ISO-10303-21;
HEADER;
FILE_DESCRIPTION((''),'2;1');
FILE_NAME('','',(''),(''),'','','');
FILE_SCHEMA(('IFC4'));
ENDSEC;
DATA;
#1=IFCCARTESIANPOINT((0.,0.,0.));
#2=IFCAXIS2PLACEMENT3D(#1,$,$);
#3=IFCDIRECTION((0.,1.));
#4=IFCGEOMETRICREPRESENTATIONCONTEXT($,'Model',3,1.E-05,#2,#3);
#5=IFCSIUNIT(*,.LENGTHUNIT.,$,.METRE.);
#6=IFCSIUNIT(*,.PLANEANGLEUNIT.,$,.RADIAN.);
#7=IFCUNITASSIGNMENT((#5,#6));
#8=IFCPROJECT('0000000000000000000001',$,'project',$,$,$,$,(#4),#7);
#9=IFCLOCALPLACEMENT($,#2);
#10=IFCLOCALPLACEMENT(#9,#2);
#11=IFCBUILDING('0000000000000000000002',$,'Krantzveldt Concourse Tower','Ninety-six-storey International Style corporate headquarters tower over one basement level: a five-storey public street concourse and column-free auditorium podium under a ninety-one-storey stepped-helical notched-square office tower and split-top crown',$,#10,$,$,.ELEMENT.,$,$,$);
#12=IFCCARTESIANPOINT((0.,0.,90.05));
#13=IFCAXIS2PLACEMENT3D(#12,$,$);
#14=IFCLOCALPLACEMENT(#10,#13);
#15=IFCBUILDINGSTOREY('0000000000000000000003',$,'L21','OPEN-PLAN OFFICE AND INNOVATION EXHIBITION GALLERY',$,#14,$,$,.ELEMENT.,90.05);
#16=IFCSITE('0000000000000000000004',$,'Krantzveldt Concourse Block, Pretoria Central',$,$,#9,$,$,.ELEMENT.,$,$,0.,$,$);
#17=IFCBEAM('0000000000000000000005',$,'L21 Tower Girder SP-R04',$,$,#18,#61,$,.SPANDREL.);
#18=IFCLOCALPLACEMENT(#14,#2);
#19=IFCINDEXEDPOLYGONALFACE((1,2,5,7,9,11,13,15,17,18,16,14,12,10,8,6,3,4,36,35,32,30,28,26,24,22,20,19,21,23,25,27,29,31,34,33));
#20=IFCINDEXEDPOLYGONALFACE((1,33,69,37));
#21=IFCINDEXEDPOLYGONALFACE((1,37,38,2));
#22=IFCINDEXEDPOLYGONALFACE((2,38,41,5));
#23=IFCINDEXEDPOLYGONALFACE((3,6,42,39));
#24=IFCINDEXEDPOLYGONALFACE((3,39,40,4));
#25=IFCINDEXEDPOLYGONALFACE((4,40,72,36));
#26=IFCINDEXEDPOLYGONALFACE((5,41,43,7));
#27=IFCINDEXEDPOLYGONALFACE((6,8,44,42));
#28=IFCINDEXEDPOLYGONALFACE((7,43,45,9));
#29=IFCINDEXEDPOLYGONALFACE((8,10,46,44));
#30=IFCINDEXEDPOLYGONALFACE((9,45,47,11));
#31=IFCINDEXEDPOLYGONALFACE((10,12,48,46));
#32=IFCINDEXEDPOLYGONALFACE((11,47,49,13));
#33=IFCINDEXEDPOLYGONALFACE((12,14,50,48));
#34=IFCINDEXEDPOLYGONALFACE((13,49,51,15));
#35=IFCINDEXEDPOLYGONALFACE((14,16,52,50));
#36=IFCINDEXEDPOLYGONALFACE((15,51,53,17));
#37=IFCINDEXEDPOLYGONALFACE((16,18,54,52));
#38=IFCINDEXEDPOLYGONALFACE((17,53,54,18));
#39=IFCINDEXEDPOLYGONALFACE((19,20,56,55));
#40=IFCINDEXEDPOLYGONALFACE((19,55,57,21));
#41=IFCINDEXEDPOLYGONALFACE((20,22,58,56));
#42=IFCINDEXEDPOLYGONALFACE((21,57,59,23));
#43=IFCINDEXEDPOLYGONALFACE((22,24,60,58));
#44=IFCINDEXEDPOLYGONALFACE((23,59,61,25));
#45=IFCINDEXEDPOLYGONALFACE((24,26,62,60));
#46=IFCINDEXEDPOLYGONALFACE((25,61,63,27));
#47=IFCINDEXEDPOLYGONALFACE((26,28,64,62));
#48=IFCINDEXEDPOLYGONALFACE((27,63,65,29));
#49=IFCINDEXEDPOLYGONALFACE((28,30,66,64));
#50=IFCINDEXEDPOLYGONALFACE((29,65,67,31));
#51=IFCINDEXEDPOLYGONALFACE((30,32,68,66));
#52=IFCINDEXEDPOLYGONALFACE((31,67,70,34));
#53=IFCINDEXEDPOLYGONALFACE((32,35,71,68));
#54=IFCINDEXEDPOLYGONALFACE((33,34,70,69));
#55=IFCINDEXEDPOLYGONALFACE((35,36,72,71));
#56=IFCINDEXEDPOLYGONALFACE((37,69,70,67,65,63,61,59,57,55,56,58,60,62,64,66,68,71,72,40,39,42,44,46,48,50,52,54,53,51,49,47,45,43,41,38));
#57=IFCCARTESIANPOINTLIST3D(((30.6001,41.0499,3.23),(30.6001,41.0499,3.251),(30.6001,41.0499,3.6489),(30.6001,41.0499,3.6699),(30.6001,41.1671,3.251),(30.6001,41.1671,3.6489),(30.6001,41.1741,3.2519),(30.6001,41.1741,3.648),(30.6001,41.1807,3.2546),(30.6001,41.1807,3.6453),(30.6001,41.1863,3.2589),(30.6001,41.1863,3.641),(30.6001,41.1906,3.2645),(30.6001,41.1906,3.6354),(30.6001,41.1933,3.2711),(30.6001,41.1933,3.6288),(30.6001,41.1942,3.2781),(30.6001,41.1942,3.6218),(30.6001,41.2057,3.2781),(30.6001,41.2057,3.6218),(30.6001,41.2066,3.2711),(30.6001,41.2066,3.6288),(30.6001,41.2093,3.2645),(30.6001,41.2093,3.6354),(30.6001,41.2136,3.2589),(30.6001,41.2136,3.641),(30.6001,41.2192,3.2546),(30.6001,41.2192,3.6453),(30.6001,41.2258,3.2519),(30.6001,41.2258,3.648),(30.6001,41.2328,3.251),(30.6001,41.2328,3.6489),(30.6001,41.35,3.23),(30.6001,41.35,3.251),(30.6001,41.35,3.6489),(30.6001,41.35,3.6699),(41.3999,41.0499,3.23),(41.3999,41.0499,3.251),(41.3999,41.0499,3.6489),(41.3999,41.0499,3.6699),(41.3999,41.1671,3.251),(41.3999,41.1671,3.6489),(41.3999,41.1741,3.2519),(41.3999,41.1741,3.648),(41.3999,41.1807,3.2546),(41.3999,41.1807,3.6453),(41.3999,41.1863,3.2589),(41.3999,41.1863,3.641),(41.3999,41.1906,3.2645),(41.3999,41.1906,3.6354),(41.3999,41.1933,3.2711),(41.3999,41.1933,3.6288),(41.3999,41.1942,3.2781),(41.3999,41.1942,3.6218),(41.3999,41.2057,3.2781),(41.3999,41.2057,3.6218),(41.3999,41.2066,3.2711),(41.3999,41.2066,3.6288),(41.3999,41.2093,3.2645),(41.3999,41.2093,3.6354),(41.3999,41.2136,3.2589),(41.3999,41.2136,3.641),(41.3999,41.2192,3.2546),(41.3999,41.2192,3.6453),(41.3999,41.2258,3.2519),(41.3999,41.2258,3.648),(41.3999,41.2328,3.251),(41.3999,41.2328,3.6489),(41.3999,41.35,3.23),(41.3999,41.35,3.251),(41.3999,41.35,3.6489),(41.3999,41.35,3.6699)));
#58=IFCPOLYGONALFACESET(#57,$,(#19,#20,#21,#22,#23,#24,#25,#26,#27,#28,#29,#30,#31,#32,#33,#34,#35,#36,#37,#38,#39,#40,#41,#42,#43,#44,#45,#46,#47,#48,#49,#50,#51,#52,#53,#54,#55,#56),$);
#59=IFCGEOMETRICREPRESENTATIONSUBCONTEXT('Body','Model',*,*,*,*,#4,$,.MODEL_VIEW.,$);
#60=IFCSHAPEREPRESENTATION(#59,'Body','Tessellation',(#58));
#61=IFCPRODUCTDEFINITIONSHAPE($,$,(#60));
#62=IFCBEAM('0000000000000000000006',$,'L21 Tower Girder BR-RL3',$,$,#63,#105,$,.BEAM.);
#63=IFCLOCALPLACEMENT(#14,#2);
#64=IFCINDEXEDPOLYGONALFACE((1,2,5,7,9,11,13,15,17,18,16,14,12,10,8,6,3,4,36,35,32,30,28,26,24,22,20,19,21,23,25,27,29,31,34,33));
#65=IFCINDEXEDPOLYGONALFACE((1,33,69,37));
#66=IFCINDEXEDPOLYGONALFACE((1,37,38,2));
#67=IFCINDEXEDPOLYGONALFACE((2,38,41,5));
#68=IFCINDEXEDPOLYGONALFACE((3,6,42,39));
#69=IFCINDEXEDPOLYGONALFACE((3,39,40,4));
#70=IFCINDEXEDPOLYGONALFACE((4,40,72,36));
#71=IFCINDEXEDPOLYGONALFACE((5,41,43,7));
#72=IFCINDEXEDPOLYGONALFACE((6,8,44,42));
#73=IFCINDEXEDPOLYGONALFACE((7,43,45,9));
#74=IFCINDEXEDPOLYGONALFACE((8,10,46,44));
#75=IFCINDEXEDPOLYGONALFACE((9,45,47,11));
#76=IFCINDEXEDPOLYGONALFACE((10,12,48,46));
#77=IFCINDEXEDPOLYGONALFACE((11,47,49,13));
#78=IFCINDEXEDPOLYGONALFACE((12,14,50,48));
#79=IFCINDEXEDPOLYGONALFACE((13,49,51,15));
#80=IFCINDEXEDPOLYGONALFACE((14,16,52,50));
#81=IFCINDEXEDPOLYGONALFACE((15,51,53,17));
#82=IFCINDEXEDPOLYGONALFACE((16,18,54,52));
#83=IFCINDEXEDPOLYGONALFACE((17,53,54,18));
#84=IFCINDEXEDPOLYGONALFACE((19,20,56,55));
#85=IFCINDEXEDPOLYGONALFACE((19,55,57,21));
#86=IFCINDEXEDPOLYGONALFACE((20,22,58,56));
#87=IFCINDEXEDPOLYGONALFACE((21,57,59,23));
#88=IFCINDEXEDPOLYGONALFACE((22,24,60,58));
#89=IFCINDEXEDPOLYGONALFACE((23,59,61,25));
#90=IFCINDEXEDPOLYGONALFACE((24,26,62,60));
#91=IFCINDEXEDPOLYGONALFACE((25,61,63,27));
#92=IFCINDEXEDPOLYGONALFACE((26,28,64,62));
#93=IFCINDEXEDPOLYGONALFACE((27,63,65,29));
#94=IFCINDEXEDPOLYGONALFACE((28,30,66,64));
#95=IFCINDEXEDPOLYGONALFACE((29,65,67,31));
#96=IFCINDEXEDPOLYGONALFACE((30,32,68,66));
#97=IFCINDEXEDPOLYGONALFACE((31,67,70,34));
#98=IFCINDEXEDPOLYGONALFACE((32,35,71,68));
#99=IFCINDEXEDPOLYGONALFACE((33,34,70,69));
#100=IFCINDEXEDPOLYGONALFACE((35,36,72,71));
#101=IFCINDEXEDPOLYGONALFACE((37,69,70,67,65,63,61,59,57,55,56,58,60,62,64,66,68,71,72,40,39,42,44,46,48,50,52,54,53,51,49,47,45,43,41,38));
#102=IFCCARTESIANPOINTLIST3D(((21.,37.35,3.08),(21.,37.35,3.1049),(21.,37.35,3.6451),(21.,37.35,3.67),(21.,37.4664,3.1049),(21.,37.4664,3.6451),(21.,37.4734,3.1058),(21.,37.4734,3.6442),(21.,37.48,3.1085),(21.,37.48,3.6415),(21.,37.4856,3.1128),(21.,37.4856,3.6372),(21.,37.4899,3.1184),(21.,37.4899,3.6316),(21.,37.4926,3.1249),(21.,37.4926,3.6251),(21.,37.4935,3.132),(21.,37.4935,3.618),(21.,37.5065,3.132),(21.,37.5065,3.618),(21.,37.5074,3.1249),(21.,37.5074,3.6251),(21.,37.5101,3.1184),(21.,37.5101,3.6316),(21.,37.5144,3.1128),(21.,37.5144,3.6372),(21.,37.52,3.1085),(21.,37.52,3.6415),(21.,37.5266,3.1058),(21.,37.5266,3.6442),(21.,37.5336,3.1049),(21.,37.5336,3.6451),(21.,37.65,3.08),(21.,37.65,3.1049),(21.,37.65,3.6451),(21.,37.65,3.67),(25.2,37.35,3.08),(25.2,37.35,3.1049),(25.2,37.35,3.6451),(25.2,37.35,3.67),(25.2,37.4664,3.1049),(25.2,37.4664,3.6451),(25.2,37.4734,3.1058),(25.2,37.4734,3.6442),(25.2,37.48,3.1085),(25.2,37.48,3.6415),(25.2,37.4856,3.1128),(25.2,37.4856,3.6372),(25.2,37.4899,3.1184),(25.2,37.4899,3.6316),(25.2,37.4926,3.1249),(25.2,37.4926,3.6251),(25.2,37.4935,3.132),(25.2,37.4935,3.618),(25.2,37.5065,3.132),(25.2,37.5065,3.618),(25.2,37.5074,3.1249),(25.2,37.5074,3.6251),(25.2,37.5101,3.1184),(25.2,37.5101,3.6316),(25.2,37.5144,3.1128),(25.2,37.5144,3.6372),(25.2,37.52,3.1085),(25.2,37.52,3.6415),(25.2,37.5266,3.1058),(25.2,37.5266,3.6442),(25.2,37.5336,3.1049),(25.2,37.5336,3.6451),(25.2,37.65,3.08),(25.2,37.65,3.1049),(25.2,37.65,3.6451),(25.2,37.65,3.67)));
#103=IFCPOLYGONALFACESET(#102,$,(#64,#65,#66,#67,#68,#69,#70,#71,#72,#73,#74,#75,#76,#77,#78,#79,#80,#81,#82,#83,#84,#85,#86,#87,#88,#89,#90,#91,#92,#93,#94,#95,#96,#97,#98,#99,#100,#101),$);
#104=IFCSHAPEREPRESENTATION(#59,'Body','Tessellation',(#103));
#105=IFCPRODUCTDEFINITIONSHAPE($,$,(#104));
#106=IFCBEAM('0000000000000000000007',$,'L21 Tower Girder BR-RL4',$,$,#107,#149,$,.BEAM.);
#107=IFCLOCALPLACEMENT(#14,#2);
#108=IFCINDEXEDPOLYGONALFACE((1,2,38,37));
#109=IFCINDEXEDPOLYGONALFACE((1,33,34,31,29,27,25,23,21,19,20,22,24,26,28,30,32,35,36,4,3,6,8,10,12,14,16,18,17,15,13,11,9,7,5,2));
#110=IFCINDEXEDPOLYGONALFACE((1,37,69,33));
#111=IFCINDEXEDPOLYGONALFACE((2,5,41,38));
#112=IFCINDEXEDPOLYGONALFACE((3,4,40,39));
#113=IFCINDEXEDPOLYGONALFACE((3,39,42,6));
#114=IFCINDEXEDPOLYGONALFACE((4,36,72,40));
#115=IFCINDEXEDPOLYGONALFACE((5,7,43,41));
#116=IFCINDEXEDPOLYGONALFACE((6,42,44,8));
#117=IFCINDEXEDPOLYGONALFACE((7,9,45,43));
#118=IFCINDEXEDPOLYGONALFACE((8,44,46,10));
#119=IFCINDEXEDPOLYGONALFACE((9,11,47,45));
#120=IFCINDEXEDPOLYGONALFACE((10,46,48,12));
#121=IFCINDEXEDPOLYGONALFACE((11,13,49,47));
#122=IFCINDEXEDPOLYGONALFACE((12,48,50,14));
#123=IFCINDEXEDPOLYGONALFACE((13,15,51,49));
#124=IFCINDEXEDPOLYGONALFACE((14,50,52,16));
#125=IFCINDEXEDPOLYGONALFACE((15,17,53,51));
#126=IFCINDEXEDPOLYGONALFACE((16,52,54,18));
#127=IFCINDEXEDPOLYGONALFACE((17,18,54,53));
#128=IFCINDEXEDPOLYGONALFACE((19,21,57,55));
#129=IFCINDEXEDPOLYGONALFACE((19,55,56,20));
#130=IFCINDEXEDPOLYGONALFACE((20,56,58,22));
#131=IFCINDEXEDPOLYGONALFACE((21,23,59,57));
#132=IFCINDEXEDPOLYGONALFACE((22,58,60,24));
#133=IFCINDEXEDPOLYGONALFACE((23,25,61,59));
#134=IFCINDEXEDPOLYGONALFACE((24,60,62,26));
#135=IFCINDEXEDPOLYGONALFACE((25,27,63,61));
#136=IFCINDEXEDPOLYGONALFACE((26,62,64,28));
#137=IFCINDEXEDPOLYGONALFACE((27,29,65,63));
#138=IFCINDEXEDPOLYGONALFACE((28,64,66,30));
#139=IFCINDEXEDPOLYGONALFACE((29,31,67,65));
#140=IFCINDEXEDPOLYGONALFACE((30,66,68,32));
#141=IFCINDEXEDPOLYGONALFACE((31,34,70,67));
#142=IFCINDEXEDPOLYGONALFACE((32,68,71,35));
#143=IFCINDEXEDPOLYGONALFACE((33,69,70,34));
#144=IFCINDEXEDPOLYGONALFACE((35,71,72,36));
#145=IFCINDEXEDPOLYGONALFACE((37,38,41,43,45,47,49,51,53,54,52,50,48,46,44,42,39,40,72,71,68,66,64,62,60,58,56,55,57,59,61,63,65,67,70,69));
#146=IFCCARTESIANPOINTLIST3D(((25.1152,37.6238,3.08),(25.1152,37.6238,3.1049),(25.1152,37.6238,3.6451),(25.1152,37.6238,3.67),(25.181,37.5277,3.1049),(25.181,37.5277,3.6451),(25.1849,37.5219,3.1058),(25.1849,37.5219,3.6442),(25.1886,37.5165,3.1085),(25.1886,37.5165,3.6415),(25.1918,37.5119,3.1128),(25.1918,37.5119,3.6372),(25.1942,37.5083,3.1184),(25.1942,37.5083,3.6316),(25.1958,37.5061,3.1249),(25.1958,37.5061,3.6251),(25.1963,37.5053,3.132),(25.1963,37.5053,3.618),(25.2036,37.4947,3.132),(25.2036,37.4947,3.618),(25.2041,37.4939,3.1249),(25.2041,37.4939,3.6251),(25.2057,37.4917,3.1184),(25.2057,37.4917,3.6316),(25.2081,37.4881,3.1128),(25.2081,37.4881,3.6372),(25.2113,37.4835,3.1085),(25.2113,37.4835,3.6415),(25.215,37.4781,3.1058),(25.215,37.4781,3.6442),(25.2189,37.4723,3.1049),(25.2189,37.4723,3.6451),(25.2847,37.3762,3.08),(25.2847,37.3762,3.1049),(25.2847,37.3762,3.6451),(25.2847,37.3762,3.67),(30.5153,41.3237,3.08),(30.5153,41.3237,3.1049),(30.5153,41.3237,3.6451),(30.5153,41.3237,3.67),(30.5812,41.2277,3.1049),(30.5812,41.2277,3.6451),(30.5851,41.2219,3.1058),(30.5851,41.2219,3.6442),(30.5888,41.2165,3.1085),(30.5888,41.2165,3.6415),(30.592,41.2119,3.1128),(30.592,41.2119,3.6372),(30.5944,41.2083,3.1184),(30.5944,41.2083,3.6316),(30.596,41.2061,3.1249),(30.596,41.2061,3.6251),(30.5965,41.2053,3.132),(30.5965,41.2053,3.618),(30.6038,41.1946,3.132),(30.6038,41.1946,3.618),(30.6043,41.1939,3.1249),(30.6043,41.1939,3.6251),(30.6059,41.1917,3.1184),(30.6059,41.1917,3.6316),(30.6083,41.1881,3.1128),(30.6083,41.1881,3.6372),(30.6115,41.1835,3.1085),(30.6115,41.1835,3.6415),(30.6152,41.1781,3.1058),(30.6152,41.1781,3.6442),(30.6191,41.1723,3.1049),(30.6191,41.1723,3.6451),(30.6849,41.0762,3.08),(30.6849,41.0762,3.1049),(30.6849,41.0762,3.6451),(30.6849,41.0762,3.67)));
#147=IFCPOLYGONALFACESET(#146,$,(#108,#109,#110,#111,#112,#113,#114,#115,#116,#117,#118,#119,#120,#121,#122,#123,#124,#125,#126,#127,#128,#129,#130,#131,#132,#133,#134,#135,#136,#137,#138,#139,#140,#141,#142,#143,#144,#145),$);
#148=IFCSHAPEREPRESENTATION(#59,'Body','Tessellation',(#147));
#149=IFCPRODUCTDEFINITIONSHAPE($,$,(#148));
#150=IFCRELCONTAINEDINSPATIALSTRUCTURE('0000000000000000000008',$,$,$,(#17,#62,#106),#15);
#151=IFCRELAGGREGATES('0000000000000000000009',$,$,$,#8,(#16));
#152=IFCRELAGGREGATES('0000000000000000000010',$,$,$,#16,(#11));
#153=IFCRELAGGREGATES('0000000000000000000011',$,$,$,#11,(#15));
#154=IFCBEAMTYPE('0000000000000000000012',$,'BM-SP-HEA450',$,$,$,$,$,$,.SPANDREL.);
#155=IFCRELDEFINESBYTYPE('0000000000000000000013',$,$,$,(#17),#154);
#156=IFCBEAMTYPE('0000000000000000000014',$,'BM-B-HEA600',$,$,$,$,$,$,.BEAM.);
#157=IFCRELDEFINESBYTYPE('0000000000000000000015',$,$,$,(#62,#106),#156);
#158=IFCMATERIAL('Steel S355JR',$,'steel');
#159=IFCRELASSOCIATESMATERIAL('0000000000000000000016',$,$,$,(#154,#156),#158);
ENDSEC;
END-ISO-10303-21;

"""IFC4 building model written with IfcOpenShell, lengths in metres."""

from ifc_helpers import new_model, si_unit, direction, frame, origin, origin_2d, place, context, subcontext, project, spatial, i_section, extrude, source, transform, mapped, material, material_profile, profile_set, type_object, type_shapes, element, save


model = new_model("IFC4")

# Units and contexts
model_context = context("Model", 3, precision=1e-05, world=origin(), true_north=direction((0.0, 1.0)))
body_context = subcontext(model_context, "Body", "Model", "MODEL_VIEW")
ifc_project = project(units=[si_unit("LENGTHUNIT", "METRE"), si_unit("PLANEANGLEUNIT", "RADIAN")], contexts=[model_context])

# Site, building, storey
site_placement = place(None, origin())
site = spatial("IfcSite", under=ifc_project, at=site_placement, Name="Krantzveldt Concourse Block, Pretoria Central", CompositionType="ELEMENT", RefElevation=0.0)
building_placement = place(site_placement, origin())
building = spatial("IfcBuilding", under=site, at=building_placement, Name="Krantzveldt Concourse Tower", Description="Ninety-six-storey International Style corporate headquarters tower over one basement level: a five-storey public street concourse and column-free auditorium podium under a ninety-one-storey stepped-helical notched-square office tower and split-top crown", CompositionType="ELEMENT")
storey_placement = place(building_placement, frame((0.0, 0.0, 90.05)))
storey = spatial("IfcBuildingStorey", under=building, at=storey_placement, Name="L21", Description="OPEN-PLAN OFFICE AND INNOVATION EXHIBITION GALLERY", CompositionType="ELEMENT", Elevation=90.05)

# Beams
ifc_material_1 = material(Name="Steel S355JR", Category="steel")
ifc_material_profile_1 = material_profile(ifc_material_1, i_section(OverallWidth=0.3, OverallDepth=0.4399, WebThickness=0.0115, FlangeThickness=0.021, FilletRadius=0.0271, at=origin_2d()), Name="Steel S355JR", Category="steel")
ifc_profile_set_1 = profile_set([ifc_material_profile_1], Name="Steel S355JR - HEA 450")
beam_type_1 = type_object("IfcBeamType", Name="BM-SP-HEA450", PredefinedType="SPANDREL", material=ifc_profile_set_1)
shared_shape_1 = source(origin(), body_context, "Body", "SweptSolid", [
    extrude(i_section(OverallWidth=0.3, OverallDepth=0.4399, WebThickness=0.0115, FlangeThickness=0.021, FilletRadius=0.0271, at=origin_2d()), origin(), (0.0, 0.0, 1.0), 10.7998),
])
beam_1_placement = place(storey_placement, frame((30.6001, 41.2, 3.45), z_axis=(1.0, 0.0, 0.0), x_axis=(0.0, 1.0, 0.0)))
element("IfcBeam", 1, at=beam_1_placement, inside=storey, type_object=beam_type_1, Name="L21 Tower Girder SP-R04", PredefinedType="SPANDREL", context=body_context, shape_type="MappedRepresentation", body=[
    mapped(shared_shape_1, transform((0.0, 0.0, 0.0), x_axis=(1.0, 0.0, 0.0), y_axis=(0.0, 1.0, 0.0), z_axis=(0.0, 0.0, 1.0), scale=1.0)),
])
ifc_material_profile_2 = material_profile(ifc_material_1, i_section(OverallWidth=0.3, OverallDepth=0.5901, WebThickness=0.0129, FlangeThickness=0.0249, FilletRadius=0.0271, at=origin_2d()), Name="Steel S355JR", Category="steel")
ifc_profile_set_2 = profile_set([ifc_material_profile_2], Name="Steel S355JR - HEA 600")
beam_type_2 = type_object("IfcBeamType", Name="BM-B-HEA600", PredefinedType="BEAM", material=ifc_profile_set_2)
shared_shape_2 = source(origin(), body_context, "Body", "SweptSolid", [
    extrude(i_section(OverallWidth=0.3, OverallDepth=0.5901, WebThickness=0.0129, FlangeThickness=0.0249, FilletRadius=0.0271, at=origin_2d()), origin(), (0.0, 0.0, 1.0), 4.2),
])
beam_2_placement = place(storey_placement, frame((21.0, 37.5, 3.375), z_axis=(1.0, 0.0, 0.0), x_axis=(0.0, 1.0, 0.0)))
element("IfcBeam", 2, at=beam_2_placement, inside=storey, type_object=beam_type_2, Name="L21 Tower Girder BR-RL3", PredefinedType="BEAM", context=body_context, shape_type="MappedRepresentation", body=[
    mapped(shared_shape_2, transform((0.0, 0.0, 0.0), x_axis=(1.0, 0.0, 0.0), y_axis=(0.0, 1.0, 0.0), z_axis=(0.0, 0.0, 1.0), scale=1.0)),
])
shared_shape_3 = source(origin(), body_context, "Body", "SweptSolid", [
    extrude(i_section(OverallWidth=0.3, OverallDepth=0.5901, WebThickness=0.0129, FlangeThickness=0.0249, FilletRadius=0.0271, at=origin_2d()), origin(), (0.0, 0.0, 1.0), 6.5461),
])
type_shapes(beam_type_2, [shared_shape_2, shared_shape_3])
beam_3_placement = place(storey_placement, frame((25.2, 37.5, 3.375), z_axis=(0.824943, 0.565216, 0.0), x_axis=(-0.565216, 0.824943, 0.0)))
element("IfcBeam", 3, at=beam_3_placement, inside=storey, type_object=beam_type_2, Name="L21 Tower Girder BR-RL4", PredefinedType="BEAM", context=body_context, shape_type="MappedRepresentation", body=[
    mapped(shared_shape_3, transform((0.0, 0.0, 0.0), x_axis=(1.0, 0.0, 0.0), y_axis=(0.0, 1.0, 0.0), z_axis=(0.0, 0.0, 1.0), scale=1.0)),
])

save(model, "model.ifc")
